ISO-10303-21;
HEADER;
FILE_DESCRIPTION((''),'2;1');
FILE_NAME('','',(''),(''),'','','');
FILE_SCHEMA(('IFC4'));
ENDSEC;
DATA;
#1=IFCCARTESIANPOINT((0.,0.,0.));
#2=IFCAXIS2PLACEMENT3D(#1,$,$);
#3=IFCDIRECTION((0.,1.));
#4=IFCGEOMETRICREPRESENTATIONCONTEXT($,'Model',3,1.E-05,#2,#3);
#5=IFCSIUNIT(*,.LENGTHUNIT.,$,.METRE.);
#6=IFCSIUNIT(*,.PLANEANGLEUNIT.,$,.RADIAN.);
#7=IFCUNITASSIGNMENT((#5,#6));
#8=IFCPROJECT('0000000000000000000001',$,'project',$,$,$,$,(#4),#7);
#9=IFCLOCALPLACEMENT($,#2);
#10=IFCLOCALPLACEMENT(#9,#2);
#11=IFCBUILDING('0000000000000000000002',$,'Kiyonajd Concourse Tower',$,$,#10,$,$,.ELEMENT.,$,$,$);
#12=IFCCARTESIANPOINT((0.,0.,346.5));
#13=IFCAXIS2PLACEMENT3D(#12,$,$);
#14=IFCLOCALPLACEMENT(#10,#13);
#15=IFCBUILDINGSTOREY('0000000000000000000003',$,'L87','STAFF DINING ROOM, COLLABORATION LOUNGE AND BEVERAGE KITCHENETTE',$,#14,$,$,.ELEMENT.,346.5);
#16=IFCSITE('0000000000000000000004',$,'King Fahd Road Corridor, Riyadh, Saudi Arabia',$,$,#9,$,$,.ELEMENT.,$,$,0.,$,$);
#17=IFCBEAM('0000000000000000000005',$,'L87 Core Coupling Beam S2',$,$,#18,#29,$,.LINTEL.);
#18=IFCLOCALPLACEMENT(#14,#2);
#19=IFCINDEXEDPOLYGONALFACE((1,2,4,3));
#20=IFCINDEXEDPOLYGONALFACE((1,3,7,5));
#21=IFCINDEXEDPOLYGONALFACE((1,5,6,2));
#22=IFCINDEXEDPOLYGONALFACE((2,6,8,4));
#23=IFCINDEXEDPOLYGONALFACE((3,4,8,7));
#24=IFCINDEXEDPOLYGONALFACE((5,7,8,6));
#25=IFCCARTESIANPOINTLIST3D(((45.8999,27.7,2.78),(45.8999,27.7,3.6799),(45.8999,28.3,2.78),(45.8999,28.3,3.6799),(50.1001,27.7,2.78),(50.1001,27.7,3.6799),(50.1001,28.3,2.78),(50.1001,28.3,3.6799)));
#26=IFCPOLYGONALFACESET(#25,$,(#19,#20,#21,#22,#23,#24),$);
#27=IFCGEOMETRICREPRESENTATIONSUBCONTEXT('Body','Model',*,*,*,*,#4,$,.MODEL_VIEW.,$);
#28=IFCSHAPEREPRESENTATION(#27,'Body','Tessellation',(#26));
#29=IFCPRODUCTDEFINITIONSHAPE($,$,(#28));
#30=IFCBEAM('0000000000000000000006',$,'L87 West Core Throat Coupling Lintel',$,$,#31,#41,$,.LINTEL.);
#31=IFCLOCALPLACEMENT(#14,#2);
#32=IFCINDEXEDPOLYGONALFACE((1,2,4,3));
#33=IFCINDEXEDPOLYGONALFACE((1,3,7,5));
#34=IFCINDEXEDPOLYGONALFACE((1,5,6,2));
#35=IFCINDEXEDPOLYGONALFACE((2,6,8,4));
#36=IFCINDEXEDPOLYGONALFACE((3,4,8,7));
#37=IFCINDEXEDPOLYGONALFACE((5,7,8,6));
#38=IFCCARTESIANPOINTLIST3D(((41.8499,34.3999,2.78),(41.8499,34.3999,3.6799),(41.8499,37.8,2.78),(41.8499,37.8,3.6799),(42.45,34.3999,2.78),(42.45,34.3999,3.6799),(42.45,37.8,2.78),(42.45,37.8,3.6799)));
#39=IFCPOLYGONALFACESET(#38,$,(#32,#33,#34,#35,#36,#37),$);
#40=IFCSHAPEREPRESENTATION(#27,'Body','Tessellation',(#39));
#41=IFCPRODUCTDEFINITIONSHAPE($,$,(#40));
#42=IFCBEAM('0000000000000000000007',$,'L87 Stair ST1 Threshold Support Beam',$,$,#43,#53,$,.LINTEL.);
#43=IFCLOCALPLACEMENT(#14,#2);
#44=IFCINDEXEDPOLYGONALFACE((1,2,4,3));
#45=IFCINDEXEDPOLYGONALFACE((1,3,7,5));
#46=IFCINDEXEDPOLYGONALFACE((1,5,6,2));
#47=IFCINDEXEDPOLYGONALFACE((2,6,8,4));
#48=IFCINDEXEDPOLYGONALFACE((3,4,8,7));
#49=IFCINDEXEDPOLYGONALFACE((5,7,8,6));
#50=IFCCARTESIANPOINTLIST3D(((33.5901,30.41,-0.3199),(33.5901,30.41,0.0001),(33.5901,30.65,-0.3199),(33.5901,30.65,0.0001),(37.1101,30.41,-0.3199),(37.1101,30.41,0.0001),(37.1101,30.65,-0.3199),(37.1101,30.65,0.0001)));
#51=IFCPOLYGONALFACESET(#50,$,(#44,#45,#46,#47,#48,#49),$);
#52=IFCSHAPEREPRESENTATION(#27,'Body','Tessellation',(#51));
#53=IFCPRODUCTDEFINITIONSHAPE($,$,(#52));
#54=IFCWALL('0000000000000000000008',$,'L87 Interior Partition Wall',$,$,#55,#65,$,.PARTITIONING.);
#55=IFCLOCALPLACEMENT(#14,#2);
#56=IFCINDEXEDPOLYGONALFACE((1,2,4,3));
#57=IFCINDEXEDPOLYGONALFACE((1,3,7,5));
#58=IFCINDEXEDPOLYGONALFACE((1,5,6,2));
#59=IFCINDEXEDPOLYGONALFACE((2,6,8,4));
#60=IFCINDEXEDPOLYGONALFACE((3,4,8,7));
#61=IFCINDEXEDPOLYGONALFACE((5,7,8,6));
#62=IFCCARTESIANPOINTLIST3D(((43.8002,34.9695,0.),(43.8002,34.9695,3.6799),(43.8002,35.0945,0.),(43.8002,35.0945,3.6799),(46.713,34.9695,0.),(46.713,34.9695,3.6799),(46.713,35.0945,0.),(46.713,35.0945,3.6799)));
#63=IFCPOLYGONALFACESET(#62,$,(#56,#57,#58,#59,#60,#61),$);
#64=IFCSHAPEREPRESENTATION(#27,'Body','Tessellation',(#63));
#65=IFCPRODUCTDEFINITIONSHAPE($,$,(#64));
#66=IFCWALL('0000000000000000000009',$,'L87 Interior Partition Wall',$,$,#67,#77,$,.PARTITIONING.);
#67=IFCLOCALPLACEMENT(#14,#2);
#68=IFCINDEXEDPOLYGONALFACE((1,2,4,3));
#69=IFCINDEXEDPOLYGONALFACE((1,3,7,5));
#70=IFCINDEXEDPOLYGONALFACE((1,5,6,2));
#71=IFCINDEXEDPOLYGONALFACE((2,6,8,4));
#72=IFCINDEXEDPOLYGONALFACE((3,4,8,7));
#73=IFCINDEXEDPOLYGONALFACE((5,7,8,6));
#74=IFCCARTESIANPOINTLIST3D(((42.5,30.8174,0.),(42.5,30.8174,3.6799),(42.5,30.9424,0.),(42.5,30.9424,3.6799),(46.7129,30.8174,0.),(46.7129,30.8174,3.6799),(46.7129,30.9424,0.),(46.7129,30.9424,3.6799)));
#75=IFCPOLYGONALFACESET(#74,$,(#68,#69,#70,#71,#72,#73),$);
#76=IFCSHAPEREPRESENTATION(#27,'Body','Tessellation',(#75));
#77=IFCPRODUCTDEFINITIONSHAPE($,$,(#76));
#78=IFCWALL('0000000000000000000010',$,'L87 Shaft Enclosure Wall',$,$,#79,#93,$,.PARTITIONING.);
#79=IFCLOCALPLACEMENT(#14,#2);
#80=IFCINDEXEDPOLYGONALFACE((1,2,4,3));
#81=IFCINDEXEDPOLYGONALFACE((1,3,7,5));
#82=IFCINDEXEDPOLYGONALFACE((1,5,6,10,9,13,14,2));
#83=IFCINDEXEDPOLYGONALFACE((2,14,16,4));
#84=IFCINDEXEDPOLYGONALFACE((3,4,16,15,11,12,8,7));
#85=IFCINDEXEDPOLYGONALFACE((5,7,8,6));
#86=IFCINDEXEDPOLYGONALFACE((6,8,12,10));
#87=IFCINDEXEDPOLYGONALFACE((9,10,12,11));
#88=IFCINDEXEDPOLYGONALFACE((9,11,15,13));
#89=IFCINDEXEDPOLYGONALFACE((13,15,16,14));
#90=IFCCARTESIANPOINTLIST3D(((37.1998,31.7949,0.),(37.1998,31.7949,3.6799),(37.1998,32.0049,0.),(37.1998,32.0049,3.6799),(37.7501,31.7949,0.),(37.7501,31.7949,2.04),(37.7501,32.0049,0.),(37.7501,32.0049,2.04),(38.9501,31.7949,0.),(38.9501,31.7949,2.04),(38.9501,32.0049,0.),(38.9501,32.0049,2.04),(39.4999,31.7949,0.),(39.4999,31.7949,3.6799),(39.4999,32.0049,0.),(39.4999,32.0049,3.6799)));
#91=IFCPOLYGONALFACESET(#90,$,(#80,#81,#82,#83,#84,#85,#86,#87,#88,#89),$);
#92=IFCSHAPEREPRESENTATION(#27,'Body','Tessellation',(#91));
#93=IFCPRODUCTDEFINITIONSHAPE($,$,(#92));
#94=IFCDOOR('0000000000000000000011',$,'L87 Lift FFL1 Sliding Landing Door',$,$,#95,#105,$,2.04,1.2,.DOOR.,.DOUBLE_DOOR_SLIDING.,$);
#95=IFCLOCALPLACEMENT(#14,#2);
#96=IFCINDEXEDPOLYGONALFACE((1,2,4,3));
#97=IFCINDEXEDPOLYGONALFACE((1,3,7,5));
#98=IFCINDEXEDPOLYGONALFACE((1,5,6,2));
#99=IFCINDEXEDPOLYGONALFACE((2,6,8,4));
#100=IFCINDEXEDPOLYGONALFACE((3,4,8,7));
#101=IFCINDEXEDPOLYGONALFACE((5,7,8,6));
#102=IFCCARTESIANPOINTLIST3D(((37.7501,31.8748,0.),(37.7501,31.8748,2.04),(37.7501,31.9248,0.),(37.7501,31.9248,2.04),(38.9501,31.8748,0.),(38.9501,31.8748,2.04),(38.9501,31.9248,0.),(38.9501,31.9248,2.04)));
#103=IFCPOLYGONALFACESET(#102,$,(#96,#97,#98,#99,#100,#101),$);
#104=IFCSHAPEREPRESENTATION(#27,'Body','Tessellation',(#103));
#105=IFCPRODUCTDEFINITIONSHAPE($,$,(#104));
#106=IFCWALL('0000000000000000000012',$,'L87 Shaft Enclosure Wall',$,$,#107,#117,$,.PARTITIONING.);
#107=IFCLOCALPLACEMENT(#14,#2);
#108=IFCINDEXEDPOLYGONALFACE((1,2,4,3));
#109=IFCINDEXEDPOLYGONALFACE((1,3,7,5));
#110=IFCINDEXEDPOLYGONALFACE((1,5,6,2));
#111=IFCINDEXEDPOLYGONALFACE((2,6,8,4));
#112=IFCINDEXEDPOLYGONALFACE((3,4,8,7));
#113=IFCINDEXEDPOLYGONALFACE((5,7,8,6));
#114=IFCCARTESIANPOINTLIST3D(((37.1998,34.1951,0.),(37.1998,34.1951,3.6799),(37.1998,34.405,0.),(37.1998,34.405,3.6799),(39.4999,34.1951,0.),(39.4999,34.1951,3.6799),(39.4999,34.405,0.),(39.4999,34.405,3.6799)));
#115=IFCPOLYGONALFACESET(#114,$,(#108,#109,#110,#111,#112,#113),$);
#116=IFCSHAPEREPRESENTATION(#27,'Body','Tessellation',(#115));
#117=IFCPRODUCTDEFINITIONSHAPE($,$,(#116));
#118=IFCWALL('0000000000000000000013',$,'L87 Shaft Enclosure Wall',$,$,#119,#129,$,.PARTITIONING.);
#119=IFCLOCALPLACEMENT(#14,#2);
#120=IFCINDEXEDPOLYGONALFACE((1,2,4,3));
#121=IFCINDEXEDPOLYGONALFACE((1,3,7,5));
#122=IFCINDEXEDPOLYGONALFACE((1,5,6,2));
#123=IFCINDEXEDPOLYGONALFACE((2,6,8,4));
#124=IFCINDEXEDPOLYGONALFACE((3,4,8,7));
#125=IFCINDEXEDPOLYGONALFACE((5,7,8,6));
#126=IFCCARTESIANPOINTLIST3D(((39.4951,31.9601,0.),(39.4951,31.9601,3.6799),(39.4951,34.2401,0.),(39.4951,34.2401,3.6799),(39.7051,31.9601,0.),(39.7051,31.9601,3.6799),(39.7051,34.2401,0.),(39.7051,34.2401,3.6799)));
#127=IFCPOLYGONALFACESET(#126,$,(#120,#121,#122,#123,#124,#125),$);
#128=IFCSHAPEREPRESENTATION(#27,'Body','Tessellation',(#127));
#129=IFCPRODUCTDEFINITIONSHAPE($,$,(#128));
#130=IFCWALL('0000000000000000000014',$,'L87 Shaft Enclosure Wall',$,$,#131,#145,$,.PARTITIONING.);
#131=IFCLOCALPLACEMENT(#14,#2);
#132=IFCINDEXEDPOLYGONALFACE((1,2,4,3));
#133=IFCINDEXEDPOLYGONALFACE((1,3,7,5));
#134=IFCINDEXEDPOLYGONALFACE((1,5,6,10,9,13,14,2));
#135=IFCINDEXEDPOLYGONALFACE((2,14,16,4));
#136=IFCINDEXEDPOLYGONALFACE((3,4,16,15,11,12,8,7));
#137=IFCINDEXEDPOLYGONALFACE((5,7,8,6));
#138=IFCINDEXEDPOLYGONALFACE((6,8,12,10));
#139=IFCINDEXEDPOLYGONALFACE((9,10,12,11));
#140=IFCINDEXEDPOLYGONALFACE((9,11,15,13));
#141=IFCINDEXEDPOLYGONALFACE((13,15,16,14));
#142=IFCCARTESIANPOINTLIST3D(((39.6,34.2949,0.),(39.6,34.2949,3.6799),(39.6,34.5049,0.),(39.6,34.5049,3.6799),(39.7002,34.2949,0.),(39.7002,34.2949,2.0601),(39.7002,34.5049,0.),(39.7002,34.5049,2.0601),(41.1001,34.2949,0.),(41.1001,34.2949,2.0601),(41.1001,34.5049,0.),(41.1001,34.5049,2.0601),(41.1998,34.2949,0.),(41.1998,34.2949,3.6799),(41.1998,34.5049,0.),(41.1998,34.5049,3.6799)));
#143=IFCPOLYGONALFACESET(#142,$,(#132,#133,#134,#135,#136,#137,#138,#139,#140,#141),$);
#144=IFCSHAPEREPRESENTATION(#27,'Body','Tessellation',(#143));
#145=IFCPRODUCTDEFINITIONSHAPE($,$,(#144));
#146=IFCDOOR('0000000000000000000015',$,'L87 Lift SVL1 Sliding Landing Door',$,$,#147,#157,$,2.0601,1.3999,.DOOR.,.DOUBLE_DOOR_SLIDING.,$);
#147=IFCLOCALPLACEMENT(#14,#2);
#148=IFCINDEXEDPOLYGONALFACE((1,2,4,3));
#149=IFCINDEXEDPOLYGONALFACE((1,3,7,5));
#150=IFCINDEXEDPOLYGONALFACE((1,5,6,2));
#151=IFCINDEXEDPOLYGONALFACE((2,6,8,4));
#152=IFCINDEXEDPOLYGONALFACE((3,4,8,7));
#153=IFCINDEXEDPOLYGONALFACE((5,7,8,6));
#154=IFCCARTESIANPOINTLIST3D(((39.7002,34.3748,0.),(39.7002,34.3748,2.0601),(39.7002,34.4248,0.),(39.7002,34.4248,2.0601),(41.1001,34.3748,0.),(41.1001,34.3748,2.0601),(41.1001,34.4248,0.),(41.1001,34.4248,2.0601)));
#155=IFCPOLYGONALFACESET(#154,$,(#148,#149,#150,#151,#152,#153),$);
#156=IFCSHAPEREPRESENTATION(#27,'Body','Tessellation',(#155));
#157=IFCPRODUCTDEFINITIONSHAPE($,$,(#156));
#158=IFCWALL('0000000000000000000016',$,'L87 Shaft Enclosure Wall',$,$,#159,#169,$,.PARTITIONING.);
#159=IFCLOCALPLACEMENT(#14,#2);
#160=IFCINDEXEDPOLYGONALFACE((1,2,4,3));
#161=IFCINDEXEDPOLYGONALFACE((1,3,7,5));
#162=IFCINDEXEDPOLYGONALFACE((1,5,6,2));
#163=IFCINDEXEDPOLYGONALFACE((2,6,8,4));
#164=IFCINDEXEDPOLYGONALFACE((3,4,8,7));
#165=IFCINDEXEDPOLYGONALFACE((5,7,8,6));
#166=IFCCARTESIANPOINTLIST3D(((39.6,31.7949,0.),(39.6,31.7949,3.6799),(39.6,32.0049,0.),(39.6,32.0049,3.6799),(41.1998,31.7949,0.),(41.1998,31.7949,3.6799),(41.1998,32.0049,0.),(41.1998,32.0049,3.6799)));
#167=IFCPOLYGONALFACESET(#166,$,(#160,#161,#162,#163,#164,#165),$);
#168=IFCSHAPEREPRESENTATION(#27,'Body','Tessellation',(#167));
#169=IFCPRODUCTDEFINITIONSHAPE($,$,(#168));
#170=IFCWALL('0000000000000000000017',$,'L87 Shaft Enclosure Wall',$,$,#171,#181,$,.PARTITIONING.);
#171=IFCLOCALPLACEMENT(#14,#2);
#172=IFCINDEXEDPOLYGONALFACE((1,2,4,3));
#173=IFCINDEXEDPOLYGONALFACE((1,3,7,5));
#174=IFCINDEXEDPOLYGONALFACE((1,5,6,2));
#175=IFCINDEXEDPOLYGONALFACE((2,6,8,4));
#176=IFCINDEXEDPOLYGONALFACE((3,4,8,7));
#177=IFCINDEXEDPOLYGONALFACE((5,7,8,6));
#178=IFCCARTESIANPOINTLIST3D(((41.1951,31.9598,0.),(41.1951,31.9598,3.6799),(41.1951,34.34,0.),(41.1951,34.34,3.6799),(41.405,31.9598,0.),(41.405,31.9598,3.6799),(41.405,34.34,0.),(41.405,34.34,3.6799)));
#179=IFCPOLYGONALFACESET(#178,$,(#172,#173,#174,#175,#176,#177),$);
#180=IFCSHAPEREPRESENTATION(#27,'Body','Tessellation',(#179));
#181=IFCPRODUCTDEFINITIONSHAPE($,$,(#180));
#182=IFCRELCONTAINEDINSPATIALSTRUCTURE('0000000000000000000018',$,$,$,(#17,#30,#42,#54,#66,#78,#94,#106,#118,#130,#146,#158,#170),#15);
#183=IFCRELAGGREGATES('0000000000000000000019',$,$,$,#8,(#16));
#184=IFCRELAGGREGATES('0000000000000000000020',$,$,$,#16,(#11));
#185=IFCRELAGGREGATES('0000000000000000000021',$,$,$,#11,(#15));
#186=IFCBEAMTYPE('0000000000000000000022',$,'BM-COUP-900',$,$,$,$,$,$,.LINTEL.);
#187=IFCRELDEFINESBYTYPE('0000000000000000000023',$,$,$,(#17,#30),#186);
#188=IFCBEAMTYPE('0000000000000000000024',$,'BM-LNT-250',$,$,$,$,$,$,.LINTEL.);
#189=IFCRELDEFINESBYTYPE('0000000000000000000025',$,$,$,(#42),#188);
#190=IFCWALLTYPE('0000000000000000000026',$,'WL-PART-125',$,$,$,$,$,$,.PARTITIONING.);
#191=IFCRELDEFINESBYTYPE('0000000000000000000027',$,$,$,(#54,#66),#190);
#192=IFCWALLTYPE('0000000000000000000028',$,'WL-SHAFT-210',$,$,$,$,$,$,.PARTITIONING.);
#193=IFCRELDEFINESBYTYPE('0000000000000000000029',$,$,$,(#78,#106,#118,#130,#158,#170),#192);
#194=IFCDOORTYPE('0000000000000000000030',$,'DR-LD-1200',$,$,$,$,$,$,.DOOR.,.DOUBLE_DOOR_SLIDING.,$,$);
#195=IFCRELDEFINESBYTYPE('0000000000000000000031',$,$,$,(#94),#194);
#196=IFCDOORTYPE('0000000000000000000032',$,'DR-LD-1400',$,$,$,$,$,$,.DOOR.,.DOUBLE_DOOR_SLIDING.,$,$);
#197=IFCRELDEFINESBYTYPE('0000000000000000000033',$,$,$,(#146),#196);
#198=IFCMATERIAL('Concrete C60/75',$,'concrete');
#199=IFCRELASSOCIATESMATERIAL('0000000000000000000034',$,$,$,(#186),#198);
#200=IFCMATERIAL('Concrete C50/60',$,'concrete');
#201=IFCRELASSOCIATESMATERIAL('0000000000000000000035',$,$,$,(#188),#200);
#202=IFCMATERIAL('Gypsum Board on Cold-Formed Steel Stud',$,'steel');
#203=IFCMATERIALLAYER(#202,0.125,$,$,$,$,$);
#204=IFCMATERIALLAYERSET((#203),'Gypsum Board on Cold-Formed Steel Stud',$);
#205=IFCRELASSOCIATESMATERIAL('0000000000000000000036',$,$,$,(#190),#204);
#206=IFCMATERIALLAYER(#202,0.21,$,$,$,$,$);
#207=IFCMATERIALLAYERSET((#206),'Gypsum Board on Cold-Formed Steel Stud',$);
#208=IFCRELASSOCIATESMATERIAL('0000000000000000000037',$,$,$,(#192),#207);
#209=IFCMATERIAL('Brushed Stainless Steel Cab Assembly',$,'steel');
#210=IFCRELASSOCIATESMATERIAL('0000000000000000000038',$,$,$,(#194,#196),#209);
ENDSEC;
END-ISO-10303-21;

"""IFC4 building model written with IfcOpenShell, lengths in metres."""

from ifc_helpers import new_model, si_unit, direction, frame, frame_2d, origin, origin_2d, place, context, subcontext, project, spatial, rectangle, extrude, material, layer, layer_set, material_profile, profile_set, type_object, element, fill, save


model = new_model("IFC4")

# Units and contexts
model_context = context("Model", 3, precision=1e-05, world=origin(), true_north=direction((0.0, 1.0)))
body_context = subcontext(model_context, "Body", "Model", "MODEL_VIEW")
ifc_project = project(units=[si_unit("LENGTHUNIT", "METRE"), si_unit("PLANEANGLEUNIT", "RADIAN")], contexts=[model_context])

# Site, building, storey
site_placement = place(None, origin())
site = spatial("IfcSite", under=ifc_project, at=site_placement, Name="King Fahd Road Corridor, Riyadh, Saudi Arabia", CompositionType="ELEMENT", RefElevation=0.0)
building_placement = place(site_placement, origin())
building = spatial("IfcBuilding", under=site, at=building_placement, Name="Kiyonajd Concourse Tower", CompositionType="ELEMENT")
storey_placement = place(building_placement, frame((0.0, 0.0, 346.5)))
storey = spatial("IfcBuildingStorey", under=building, at=storey_placement, Name="L87", Description="STAFF DINING ROOM, COLLABORATION LOUNGE AND BEVERAGE KITCHENETTE", CompositionType="ELEMENT", Elevation=346.5)

# Beams
ifc_material_1 = material(Name="Concrete C60/75", Category="concrete")
ifc_material_profile_1 = material_profile(ifc_material_1, rectangle(XDim=0.6001, YDim=0.8999, at=origin_2d()), Name="RCBM-600x900")
ifc_profile_set_1 = profile_set([ifc_material_profile_1], Name="Concrete C60/75")
beam_type_1 = type_object("IfcBeamType", Name="BM-COUP-900", PredefinedType="LINTEL", material=ifc_profile_set_1)
beam_1_placement = place(storey_placement, frame((45.8999, 28.0, 3.23), z_axis=(1.0, 0.0, 0.0), x_axis=(0.0, 1.0, 0.0)))
element("IfcBeam", 1, at=beam_1_placement, inside=storey, type_object=beam_type_1, Name="L87 Core Coupling Beam S2", PredefinedType="LINTEL", context=body_context, shape_type="SweptSolid", body=[
    extrude(rectangle(XDim=0.6001, YDim=0.8999, at=origin_2d()), origin(), (0.0, 0.0, 1.0), 4.2002),
])
beam_2_placement = place(storey_placement, frame((42.1499, 34.3999, 3.23), z_axis=(0.0, 1.0, 0.0), x_axis=(-1.0, 0.0, 0.0)))
element("IfcBeam", 2, at=beam_2_placement, inside=storey, type_object=beam_type_1, Name="L87 West Core Throat Coupling Lintel", PredefinedType="LINTEL", context=body_context, shape_type="SweptSolid", body=[
    extrude(rectangle(XDim=0.6001, YDim=0.8999, at=origin_2d()), origin(), (0.0, 0.0, 1.0), 3.4001),
])
ifc_material_2 = material(Name="Concrete C50/60", Category="concrete")
ifc_material_profile_2 = material_profile(ifc_material_2, rectangle(XDim=0.24, YDim=0.3201, at=origin_2d()), Name="RCBM-240x320")
ifc_profile_set_2 = profile_set([ifc_material_profile_2], Name="Concrete C50/60")
beam_type_2 = type_object("IfcBeamType", Name="BM-LNT-250", PredefinedType="LINTEL", material=ifc_profile_set_2)
beam_3_placement = place(storey_placement, frame((33.5901, 30.53, -0.1599), z_axis=(1.0, 0.0, 0.0), x_axis=(0.0, 1.0, 0.0)))
element("IfcBeam", 3, at=beam_3_placement, inside=storey, type_object=beam_type_2, Name="L87 Stair ST1 Threshold Support Beam", PredefinedType="LINTEL", context=body_context, shape_type="SweptSolid", body=[
    extrude(rectangle(XDim=0.24, YDim=0.3201, at=origin_2d()), origin(), (0.0, 0.0, 1.0), 3.52),
])

# Walls
ifc_material_3 = material(Name="Gypsum Board on Cold-Formed Steel Stud", Category="steel")
ifc_layer_1 = layer(ifc_material_3, 0.125)
ifc_layer_set_1 = layer_set([ifc_layer_1], Name="Gypsum Board on Cold-Formed Steel Stud")
wall_type_1 = type_object("IfcWallType", Name="WL-PART-125", PredefinedType="PARTITIONING", material=ifc_layer_set_1)
wall_1_placement = place(storey_placement, frame((43.8, 35.032, 0.0), z_axis=(0.0, 0.0, 1.0), x_axis=(1.0, 0.0, 0.0)))
element("IfcWall", 4, at=wall_1_placement, inside=storey, type_object=wall_type_1, Name="L87 Interior Partition Wall", PredefinedType="PARTITIONING", context=body_context, shape_type="SweptSolid", body=[
    extrude(rectangle(XDim=2.9128, YDim=0.125, at=frame_2d((1.4565, 0.0))), origin(), (0.0, 0.0, 1.0), 3.6799),
])
wall_2_placement = place(storey_placement, frame((42.5, 30.8799, 0.0), z_axis=(0.0, 0.0, 1.0), x_axis=(1.0, 0.0, 0.0)))
element("IfcWall", 5, at=wall_2_placement, inside=storey, type_object=wall_type_1, Name="L87 Interior Partition Wall", PredefinedType="PARTITIONING", context=body_context, shape_type="SweptSolid", body=[
    extrude(rectangle(XDim=4.2129, YDim=0.125, at=frame_2d((2.1064, 0.0))), origin(), (0.0, 0.0, 1.0), 3.6799),
])

# Wall, opening, door
ifc_layer_2 = layer(ifc_material_3, 0.21)
ifc_layer_set_2 = layer_set([ifc_layer_2], Name="Gypsum Board on Cold-Formed Steel Stud")
wall_type_2 = type_object("IfcWallType", Name="WL-SHAFT-210", PredefinedType="PARTITIONING", material=ifc_layer_set_2)
wall_3_placement = place(storey_placement, frame((37.2, 31.8999, 0.0), z_axis=(0.0, 0.0, 1.0), x_axis=(1.0, 0.0, 0.0)))
wall_3 = element("IfcWall", 6, at=wall_3_placement, inside=storey, type_object=wall_type_2, Name="L87 Shaft Enclosure Wall", PredefinedType="PARTITIONING", context=body_context, shape_type="SweptSolid", body=[
    extrude(rectangle(XDim=2.3, YDim=0.21, at=frame_2d((1.1499, 0.0))), origin(), (0.0, 0.0, 1.0), 3.6799),
])
opening_1_placement = place(wall_3_placement, frame((0.55, 0.0, 0.0)))
opening_1 = element("IfcOpeningElement", 7, at=opening_1_placement, cuts=wall_3, PredefinedType="OPENING", context=body_context, shape_type="SweptSolid", body=[
    extrude(rectangle(XDim=1.2, YDim=2.04, at=frame_2d((0.6001, 1.02))), frame((0.0, 0.115, 0.0), z_axis=(0.0, -1.0, 0.0), x_axis=(1.0, 0.0, 0.0)), (0.0, 0.0, 1.0), 0.23),
])
ifc_material_4 = material(Name="Brushed Stainless Steel Cab Assembly", Category="steel")
door_type_1 = type_object("IfcDoorType", Name="DR-LD-1200", OperationType="DOUBLE_DOOR_SLIDING", PredefinedType="DOOR", material=ifc_material_4)
door_1_placement = place(opening_1_placement, origin())
door_1 = element("IfcDoor", 8, at=door_1_placement, inside=storey, type_object=door_type_1, Name="L87 Lift FFL1 Sliding Landing Door", OperationType="DOUBLE_DOOR_SLIDING", OverallHeight=2.04, OverallWidth=1.2, PredefinedType="DOOR", context=body_context, shape_type="SweptSolid", body=[
    extrude(rectangle(XDim=1.2, YDim=2.04, at=frame_2d((0.6001, 1.02))), frame((0.0, 0.0249, 0.0), z_axis=(0.0, -1.0, 0.0), x_axis=(1.0, 0.0, 0.0)), (0.0, 0.0, 1.0), 0.05),
])
fill(opening_1, door_1)

# Walls
wall_4_placement = place(storey_placement, frame((37.2, 34.3, 0.0), z_axis=(0.0, 0.0, 1.0), x_axis=(1.0, 0.0, 0.0)))
element("IfcWall", 9, at=wall_4_placement, inside=storey, type_object=wall_type_2, Name="L87 Shaft Enclosure Wall", PredefinedType="PARTITIONING", context=body_context, shape_type="SweptSolid", body=[
    extrude(rectangle(XDim=2.3, YDim=0.21, at=frame_2d((1.1499, 0.0))), origin(), (0.0, 0.0, 1.0), 3.6799),
])
wall_5_placement = place(storey_placement, frame((39.6001, 31.96, 0.0), z_axis=(0.0, 0.0, 1.0), x_axis=(0.0, 1.0, 0.0)))
element("IfcWall", 10, at=wall_5_placement, inside=storey, type_object=wall_type_2, Name="L87 Shaft Enclosure Wall", PredefinedType="PARTITIONING", context=body_context, shape_type="SweptSolid", body=[
    extrude(rectangle(XDim=2.28, YDim=0.21, at=frame_2d((1.1401, 0.0))), origin(), (0.0, 0.0, 1.0), 3.6799),
])

# Wall, opening, door
wall_6_placement = place(storey_placement, frame((39.6001, 34.3999, 0.0), z_axis=(0.0, 0.0, 1.0), x_axis=(1.0, 0.0, 0.0)))
wall_6 = element("IfcWall", 11, at=wall_6_placement, inside=storey, type_object=wall_type_2, Name="L87 Shaft Enclosure Wall", PredefinedType="PARTITIONING", context=body_context, shape_type="SweptSolid", body=[
    extrude(rectangle(XDim=1.5999, YDim=0.21, at=frame_2d((0.7998, 0.0))), origin(), (0.0, 0.0, 1.0), 3.6799),
])
opening_2_placement = place(wall_6_placement, frame((0.1001, 0.0, 0.0)))
opening_2 = element("IfcOpeningElement", 12, at=opening_2_placement, cuts=wall_6, PredefinedType="OPENING", context=body_context, shape_type="SweptSolid", body=[
    extrude(rectangle(XDim=1.3999, YDim=2.0601, at=frame_2d((0.7, 1.03))), frame((0.0, 0.115, 0.0), z_axis=(0.0, -1.0, 0.0), x_axis=(1.0, 0.0, 0.0)), (0.0, 0.0, 1.0), 0.23),
])
door_type_2 = type_object("IfcDoorType", Name="DR-LD-1400", OperationType="DOUBLE_DOOR_SLIDING", PredefinedType="DOOR", material=ifc_material_4)
door_2_placement = place(opening_2_placement, origin())
door_2 = element("IfcDoor", 13, at=door_2_placement, inside=storey, type_object=door_type_2, Name="L87 Lift SVL1 Sliding Landing Door", OperationType="DOUBLE_DOOR_SLIDING", OverallHeight=2.0601, OverallWidth=1.3999, PredefinedType="DOOR", context=body_context, shape_type="SweptSolid", body=[
    extrude(rectangle(XDim=1.3999, YDim=2.0601, at=frame_2d((0.7, 1.03))), frame((0.0, 0.0249, 0.0), z_axis=(0.0, -1.0, 0.0), x_axis=(1.0, 0.0, 0.0)), (0.0, 0.0, 1.0), 0.05),
])
fill(opening_2, door_2)

# Walls
wall_7_placement = place(storey_placement, frame((39.6001, 31.8999, 0.0), z_axis=(0.0, 0.0, 1.0), x_axis=(1.0, 0.0, 0.0)))
element("IfcWall", 14, at=wall_7_placement, inside=storey, type_object=wall_type_2, Name="L87 Shaft Enclosure Wall", PredefinedType="PARTITIONING", context=body_context, shape_type="SweptSolid", body=[
    extrude(rectangle(XDim=1.5999, YDim=0.21, at=frame_2d((0.7998, 0.0))), origin(), (0.0, 0.0, 1.0), 3.6799),
])
wall_8_placement = place(storey_placement, frame((41.3, 31.96, 0.0), z_axis=(0.0, 0.0, 1.0), x_axis=(0.0, 1.0, 0.0)))
element("IfcWall", 15, at=wall_8_placement, inside=storey, type_object=wall_type_2, Name="L87 Shaft Enclosure Wall", PredefinedType="PARTITIONING", context=body_context, shape_type="SweptSolid", body=[
    extrude(rectangle(XDim=2.3801, YDim=0.21, at=frame_2d((1.1899, 0.0))), origin(), (0.0, 0.0, 1.0), 3.6799),
])

save(model, "model.ifc")
